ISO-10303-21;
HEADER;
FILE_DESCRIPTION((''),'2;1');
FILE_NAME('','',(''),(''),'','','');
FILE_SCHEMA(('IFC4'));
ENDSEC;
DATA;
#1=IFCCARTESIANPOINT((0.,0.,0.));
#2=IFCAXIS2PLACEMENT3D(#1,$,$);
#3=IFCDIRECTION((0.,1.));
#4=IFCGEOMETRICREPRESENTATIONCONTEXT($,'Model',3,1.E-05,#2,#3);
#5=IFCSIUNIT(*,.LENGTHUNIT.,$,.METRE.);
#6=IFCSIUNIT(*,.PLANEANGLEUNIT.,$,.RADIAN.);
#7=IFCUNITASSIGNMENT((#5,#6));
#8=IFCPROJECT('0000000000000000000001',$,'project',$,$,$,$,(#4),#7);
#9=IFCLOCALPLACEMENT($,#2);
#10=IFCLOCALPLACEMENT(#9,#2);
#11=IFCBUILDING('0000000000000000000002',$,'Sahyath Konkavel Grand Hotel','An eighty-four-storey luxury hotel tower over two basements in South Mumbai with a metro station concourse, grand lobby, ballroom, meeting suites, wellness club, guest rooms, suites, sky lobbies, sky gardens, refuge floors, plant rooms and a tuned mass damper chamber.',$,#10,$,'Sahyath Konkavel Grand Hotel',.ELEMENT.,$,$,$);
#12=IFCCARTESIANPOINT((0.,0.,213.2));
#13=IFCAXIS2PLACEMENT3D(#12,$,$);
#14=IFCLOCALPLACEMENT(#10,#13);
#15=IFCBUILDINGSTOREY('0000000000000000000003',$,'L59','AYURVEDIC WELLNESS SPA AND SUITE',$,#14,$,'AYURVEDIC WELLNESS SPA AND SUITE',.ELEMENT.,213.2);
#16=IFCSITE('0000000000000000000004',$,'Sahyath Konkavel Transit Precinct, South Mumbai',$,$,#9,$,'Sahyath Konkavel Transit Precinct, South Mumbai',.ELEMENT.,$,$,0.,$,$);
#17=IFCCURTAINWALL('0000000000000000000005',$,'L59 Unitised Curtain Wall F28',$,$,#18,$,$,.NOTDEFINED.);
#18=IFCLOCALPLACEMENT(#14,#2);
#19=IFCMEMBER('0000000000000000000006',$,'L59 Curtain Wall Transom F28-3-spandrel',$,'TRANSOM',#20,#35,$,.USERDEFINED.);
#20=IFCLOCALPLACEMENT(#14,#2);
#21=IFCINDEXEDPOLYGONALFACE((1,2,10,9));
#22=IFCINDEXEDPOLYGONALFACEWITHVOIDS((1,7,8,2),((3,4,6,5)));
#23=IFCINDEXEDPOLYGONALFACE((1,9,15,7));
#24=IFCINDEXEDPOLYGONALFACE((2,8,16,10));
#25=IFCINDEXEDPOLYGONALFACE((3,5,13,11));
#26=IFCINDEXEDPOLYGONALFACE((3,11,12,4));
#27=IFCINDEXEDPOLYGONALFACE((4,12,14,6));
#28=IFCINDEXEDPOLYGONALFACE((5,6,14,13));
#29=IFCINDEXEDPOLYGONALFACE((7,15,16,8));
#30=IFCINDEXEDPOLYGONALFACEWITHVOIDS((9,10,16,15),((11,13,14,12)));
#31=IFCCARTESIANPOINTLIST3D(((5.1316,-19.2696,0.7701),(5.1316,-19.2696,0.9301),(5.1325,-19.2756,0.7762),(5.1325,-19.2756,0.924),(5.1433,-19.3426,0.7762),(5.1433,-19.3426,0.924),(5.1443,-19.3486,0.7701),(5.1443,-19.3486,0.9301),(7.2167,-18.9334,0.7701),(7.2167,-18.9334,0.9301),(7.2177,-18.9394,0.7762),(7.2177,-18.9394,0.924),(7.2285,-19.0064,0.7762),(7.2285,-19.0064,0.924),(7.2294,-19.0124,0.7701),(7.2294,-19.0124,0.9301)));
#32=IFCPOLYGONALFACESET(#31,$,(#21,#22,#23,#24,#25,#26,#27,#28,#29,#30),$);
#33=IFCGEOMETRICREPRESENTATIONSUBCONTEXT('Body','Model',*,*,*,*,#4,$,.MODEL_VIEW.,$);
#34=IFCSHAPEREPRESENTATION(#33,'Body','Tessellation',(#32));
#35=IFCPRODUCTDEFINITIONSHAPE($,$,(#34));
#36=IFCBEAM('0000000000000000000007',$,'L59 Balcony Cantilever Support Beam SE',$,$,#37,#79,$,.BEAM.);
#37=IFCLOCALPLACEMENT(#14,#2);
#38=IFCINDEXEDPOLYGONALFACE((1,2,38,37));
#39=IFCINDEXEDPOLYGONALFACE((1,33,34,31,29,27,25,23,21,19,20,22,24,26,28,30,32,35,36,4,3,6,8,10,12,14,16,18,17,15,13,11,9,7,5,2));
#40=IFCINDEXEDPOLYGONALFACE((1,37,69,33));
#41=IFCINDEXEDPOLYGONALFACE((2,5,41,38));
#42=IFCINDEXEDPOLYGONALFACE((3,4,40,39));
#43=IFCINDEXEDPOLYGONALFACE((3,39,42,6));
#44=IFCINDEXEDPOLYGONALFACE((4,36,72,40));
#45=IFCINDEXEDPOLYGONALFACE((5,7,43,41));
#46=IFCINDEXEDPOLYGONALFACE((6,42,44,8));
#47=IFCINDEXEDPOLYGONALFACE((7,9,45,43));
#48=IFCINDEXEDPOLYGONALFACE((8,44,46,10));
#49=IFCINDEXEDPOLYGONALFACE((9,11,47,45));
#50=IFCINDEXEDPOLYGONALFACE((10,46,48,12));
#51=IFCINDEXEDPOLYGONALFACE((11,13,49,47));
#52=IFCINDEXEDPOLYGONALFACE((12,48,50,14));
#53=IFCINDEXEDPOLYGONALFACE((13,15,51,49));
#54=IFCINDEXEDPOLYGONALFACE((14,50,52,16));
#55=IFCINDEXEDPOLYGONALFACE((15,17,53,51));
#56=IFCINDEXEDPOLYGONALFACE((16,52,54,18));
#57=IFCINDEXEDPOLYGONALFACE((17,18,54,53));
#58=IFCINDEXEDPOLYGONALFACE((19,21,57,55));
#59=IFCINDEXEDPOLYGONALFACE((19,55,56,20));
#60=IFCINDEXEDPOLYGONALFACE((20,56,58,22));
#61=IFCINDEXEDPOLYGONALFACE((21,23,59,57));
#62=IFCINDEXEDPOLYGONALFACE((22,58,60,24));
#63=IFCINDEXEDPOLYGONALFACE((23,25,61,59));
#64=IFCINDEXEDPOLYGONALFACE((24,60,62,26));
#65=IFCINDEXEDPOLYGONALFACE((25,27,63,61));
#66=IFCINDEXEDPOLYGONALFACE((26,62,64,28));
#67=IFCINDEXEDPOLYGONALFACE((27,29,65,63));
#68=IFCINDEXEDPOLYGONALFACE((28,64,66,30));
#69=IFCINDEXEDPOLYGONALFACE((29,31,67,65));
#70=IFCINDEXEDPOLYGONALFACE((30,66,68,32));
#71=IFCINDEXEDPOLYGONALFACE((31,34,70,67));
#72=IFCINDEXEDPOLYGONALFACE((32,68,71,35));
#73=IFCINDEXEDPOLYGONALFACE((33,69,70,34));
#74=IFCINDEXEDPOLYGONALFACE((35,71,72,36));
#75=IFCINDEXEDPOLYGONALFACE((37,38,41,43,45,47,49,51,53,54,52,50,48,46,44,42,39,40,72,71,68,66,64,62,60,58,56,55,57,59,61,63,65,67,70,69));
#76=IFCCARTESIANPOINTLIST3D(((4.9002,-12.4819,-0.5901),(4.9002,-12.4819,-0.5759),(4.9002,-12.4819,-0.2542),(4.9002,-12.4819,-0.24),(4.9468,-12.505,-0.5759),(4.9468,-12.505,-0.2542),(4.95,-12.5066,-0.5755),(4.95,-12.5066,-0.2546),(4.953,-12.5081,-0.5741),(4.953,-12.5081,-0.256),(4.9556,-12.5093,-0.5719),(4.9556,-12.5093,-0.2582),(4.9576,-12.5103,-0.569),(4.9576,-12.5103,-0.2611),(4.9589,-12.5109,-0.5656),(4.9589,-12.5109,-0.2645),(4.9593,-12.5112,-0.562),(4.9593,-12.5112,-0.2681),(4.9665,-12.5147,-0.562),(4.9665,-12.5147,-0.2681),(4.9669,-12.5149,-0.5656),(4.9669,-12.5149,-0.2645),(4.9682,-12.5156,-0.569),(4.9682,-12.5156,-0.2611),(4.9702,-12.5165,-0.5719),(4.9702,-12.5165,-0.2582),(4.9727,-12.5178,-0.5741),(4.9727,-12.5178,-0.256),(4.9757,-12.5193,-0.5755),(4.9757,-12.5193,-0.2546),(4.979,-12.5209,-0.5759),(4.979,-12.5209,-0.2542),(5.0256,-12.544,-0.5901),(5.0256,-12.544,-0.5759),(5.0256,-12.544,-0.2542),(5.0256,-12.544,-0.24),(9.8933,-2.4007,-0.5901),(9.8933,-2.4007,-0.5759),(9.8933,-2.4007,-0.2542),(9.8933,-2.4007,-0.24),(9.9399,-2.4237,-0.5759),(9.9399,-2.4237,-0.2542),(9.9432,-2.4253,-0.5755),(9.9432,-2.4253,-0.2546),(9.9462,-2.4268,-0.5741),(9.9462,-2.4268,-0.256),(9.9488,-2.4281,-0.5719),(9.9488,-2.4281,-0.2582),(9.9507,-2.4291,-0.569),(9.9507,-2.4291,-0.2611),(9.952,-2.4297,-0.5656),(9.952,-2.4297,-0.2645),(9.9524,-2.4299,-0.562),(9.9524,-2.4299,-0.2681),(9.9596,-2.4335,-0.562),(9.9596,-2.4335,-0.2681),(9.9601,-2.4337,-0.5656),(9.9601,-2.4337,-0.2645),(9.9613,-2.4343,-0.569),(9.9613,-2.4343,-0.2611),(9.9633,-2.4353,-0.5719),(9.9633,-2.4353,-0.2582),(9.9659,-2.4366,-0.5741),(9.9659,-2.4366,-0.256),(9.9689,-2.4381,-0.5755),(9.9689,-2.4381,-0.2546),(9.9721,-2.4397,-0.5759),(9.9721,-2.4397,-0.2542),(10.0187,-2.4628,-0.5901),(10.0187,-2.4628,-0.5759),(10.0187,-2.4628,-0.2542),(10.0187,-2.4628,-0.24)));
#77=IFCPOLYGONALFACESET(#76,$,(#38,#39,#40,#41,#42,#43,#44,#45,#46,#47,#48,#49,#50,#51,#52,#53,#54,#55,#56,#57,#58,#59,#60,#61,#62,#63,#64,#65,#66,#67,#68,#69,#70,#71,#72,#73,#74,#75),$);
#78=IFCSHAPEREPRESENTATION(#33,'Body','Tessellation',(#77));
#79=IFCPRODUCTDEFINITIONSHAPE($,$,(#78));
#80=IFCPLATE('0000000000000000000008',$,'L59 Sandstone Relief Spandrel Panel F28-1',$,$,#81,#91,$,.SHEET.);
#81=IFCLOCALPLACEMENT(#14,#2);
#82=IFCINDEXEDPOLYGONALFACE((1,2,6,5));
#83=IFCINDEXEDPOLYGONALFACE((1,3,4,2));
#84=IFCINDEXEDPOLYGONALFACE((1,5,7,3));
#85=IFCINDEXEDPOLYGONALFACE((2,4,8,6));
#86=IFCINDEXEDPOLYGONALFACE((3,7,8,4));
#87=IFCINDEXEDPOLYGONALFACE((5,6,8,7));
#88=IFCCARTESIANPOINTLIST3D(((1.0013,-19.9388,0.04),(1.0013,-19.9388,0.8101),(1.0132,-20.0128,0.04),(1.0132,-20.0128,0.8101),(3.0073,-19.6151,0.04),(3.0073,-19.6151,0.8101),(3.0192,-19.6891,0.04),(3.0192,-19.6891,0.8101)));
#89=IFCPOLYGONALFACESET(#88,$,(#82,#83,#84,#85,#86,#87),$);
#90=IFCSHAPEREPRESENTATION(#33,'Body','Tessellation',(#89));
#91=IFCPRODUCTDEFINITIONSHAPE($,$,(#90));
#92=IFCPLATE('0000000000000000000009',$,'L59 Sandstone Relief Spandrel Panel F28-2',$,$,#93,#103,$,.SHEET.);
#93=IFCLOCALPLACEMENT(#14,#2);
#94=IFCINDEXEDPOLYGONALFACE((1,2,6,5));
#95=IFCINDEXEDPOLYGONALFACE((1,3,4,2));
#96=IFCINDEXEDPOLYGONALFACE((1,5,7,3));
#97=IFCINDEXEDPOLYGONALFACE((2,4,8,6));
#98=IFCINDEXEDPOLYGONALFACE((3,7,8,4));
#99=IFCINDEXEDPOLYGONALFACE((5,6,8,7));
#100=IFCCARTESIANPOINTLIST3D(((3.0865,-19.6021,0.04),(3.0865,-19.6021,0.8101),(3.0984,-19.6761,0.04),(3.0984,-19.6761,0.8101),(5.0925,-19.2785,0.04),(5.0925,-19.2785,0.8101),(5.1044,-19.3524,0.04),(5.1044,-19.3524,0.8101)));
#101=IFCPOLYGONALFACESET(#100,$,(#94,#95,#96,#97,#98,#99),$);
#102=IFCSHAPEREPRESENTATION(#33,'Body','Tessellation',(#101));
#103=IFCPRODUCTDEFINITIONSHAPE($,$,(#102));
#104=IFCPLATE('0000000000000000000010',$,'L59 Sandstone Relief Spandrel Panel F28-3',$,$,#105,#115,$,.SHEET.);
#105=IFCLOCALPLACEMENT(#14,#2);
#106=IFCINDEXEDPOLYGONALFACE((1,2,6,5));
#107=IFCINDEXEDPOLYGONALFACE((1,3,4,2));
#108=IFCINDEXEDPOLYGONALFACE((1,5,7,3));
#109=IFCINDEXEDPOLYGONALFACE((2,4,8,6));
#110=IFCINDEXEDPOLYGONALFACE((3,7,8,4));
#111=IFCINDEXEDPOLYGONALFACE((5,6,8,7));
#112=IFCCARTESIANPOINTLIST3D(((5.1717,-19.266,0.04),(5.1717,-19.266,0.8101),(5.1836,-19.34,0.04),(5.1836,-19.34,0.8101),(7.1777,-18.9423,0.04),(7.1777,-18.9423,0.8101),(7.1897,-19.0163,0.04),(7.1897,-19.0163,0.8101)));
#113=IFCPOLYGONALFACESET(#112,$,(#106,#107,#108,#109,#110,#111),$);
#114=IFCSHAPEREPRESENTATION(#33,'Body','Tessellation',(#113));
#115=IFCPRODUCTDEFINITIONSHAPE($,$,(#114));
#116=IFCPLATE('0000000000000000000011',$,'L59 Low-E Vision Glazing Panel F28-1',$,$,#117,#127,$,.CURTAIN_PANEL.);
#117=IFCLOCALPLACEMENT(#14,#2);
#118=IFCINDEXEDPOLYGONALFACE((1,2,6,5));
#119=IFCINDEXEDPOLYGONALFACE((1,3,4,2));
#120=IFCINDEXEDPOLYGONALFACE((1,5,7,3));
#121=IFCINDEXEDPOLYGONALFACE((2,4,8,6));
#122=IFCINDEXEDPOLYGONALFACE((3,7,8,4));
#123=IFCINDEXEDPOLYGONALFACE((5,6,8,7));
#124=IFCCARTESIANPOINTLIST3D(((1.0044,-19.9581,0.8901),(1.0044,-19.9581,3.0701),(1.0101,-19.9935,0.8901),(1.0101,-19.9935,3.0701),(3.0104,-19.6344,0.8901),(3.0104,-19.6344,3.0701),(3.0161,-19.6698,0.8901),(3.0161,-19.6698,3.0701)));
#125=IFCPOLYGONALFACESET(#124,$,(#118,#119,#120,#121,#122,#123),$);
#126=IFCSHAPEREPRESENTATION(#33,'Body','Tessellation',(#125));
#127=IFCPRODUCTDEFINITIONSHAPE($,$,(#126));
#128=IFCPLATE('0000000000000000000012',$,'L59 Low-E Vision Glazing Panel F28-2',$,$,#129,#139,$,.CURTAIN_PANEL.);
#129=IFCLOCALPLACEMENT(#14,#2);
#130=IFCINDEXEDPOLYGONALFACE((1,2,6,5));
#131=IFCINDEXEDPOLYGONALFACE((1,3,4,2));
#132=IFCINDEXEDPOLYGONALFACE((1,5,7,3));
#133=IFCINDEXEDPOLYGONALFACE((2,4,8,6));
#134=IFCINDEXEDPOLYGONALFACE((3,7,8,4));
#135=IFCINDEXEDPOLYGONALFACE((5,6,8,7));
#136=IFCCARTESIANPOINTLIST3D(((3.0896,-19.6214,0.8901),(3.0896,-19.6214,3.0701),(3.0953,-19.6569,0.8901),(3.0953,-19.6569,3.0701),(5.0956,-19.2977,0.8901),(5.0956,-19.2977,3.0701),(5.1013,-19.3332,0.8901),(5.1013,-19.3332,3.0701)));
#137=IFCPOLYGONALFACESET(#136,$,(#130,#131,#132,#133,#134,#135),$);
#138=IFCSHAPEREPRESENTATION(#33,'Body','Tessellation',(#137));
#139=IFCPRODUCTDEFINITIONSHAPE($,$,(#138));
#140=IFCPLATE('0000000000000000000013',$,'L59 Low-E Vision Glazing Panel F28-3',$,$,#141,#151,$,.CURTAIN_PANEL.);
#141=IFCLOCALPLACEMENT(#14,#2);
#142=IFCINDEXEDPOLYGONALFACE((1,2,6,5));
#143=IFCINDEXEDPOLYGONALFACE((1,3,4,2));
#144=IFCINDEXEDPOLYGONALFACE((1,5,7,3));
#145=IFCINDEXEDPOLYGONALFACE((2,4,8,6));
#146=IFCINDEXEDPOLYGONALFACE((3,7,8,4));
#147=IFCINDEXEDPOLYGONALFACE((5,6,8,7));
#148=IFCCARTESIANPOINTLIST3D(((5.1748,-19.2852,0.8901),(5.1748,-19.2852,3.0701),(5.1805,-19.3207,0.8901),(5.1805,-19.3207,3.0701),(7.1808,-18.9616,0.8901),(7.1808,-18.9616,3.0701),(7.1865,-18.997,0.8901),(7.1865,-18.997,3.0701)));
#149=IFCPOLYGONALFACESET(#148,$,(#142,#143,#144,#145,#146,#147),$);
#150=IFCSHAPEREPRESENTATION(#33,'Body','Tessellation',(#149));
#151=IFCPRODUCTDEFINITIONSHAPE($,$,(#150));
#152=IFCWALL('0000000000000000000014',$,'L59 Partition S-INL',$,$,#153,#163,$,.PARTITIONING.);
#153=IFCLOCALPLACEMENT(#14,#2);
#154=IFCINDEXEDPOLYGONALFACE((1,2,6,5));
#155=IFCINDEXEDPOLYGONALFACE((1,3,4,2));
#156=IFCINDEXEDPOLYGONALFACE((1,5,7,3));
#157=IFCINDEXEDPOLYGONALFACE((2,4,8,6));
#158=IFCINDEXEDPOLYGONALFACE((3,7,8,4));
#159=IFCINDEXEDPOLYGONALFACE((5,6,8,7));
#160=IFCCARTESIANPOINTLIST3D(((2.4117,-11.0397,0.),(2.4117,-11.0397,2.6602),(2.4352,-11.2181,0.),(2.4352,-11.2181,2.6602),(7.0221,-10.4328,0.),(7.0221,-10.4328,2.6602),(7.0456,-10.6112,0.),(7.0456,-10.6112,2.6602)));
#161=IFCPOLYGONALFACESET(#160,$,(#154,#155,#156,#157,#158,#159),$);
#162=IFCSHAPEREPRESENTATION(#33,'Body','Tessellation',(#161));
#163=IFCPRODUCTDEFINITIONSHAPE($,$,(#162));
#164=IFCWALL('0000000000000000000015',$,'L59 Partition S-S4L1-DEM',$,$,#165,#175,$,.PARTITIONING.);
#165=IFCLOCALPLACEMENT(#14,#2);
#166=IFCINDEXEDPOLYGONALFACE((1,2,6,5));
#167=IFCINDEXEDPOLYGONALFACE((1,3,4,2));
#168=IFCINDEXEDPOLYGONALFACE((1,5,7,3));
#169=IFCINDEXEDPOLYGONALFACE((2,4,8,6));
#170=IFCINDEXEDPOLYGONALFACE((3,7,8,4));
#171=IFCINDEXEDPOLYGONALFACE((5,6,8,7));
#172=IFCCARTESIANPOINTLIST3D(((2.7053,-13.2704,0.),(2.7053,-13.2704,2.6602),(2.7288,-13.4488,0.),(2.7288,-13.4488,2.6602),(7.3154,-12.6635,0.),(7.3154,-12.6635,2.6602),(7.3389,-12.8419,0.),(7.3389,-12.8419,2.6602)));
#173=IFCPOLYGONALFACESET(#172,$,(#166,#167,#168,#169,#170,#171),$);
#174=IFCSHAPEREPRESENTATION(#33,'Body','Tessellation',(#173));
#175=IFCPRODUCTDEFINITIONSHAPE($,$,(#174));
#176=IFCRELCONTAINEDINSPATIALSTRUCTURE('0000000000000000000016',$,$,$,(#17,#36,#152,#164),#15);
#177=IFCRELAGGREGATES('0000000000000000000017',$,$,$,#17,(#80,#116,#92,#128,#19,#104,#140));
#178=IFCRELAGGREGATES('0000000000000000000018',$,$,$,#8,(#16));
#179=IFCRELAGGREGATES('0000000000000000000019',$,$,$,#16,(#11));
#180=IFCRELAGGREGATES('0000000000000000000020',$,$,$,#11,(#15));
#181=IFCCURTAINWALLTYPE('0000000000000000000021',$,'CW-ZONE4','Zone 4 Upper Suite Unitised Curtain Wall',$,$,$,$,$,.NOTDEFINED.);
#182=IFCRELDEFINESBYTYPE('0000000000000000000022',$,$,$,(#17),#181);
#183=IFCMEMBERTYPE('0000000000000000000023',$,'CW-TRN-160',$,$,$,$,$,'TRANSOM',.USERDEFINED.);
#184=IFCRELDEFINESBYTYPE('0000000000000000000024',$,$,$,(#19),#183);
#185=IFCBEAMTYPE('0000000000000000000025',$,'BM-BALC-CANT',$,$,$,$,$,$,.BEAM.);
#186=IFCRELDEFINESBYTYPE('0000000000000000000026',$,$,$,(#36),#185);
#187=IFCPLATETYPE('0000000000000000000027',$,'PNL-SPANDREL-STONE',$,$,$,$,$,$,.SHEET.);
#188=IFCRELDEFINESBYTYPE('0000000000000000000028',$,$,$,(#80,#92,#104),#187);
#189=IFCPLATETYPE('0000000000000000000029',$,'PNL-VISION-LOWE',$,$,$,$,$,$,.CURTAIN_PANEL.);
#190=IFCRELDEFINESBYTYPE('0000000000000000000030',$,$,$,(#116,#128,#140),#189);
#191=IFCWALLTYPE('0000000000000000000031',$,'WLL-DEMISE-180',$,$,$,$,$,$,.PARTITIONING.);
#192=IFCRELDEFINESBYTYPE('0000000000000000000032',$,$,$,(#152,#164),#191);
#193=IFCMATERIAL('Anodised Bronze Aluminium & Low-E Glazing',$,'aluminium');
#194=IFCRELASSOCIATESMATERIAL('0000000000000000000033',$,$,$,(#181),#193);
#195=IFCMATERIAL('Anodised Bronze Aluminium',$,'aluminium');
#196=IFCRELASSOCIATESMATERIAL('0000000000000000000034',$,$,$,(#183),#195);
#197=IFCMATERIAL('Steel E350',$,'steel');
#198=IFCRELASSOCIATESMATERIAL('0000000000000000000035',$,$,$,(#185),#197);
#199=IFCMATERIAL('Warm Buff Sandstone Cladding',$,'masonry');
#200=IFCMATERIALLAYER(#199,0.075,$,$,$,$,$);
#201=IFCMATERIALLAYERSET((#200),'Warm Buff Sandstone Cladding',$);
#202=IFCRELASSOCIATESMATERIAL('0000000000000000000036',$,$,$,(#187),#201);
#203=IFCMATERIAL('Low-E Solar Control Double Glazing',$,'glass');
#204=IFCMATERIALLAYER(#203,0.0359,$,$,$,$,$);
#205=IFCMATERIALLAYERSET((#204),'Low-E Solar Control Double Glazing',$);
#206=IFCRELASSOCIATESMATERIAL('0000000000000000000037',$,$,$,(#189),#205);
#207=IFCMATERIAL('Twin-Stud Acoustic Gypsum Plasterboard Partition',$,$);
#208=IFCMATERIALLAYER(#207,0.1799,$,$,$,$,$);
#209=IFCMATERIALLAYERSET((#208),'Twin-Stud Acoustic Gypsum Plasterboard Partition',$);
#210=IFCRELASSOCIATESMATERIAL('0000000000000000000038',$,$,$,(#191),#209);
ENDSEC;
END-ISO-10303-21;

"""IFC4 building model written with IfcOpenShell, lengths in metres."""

from ifc_helpers import new_model, si_unit, direction, frame, frame_2d, origin, origin_2d, place, context, subcontext, project, spatial, rectangle, hollow_rectangle, i_section, extrude, source, transform, mapped, material, layer, layer_set, material_profile, profile_set, type_object, element, aggregate, save


model = new_model("IFC4")

# Units and contexts
model_context = context("Model", 3, precision=1e-05, world=origin(), true_north=direction((0.0, 1.0)))
body_context = subcontext(model_context, "Body", "Model", "MODEL_VIEW")
ifc_project = project(units=[si_unit("LENGTHUNIT", "METRE"), si_unit("PLANEANGLEUNIT", "RADIAN")], contexts=[model_context])

# Site, building, storey
site_placement = place(None, origin())
site = spatial("IfcSite", under=ifc_project, at=site_placement, Name="Sahyath Konkavel Transit Precinct, South Mumbai", LongName="Sahyath Konkavel Transit Precinct, South Mumbai", CompositionType="ELEMENT", RefElevation=0.0)
building_placement = place(site_placement, origin())
building = spatial("IfcBuilding", under=site, at=building_placement, Name="Sahyath Konkavel Grand Hotel", Description="An eighty-four-storey luxury hotel tower over two basements in South Mumbai with a metro station concourse, grand lobby, ballroom, meeting suites, wellness club, guest rooms, suites, sky lobbies, sky gardens, refuge floors, plant rooms and a tuned mass damper chamber.", LongName="Sahyath Konkavel Grand Hotel", CompositionType="ELEMENT")
storey_placement = place(building_placement, frame((0.0, 0.0, 213.2)))
storey = spatial("IfcBuildingStorey", under=building, at=storey_placement, Name="L59", Description="AYURVEDIC WELLNESS SPA AND SUITE", LongName="AYURVEDIC WELLNESS SPA AND SUITE", CompositionType="ELEMENT", Elevation=213.2)

# Shared definitions
ifc_material_1 = material(Name="Steel E350", Category="steel")

# Curtain wall, member
ifc_material_2 = material(Name="Anodised Bronze Aluminium & Low-E Glazing", Category="aluminium")
curtain_wall_type = type_object("IfcCurtainWallType", Name="CW-ZONE4", Description="Zone 4 Upper Suite Unitised Curtain Wall", PredefinedType="NOTDEFINED", material=ifc_material_2)
curtain_wall_placement = place(storey_placement, origin())
curtain_wall = element("IfcCurtainWall", 1, at=curtain_wall_placement, inside=storey, type_object=curtain_wall_type, Name="L59 Unitised Curtain Wall F28", PredefinedType="NOTDEFINED")
ifc_material_3 = material(Name="Anodised Bronze Aluminium", Category="aluminium")
ifc_material_profile_1 = material_profile(ifc_material_3, hollow_rectangle(XDim=0.0801, YDim=0.1599, WallThickness=0.0061, at=origin_2d()), Name="RHS 160x80x6")
ifc_profile_set_1 = profile_set([ifc_material_profile_1], Name="Anodised Bronze Aluminium")
member_type_1 = type_object("IfcMemberType", Name="CW-TRN-160", ElementType="TRANSOM", PredefinedType="USERDEFINED", material=ifc_profile_set_1)
shared_shape_1 = source(origin(), body_context, "Body", "SweptSolid", [
    extrude(hollow_rectangle(XDim=0.0801, YDim=0.1599, WallThickness=0.0061, at=origin_2d()), origin(), (0.0, 0.0, 1.0), 2.1121),
])
member_1_placement = place(storey_placement, frame((5.1379, -19.3091, 0.8501), z_axis=(0.987252, 0.159167, 0.0), x_axis=(-0.159167, 0.987252, 0.0)))
member_1 = element("IfcMember", 2, at=member_1_placement, type_object=member_type_1, Name="L59 Curtain Wall Transom F28-3-spandrel", ObjectType="TRANSOM", PredefinedType="USERDEFINED", context=body_context, shape_type="MappedRepresentation", body=[
    mapped(shared_shape_1, transform((0.0, 0.0, 0.0), scale=1.0)),
])

# Beam
ifc_material_profile_2 = material_profile(ifc_material_1, i_section(OverallWidth=0.1399, OverallDepth=0.3501, WebThickness=0.0081, FlangeThickness=0.0142, FilletRadius=0.0139, at=origin_2d()), Name="ISMB 350")
ifc_profile_set_2 = profile_set([ifc_material_profile_2], Name="Steel E350")
beam_type_1 = type_object("IfcBeamType", Name="BM-BALC-CANT", PredefinedType="BEAM", material=ifc_profile_set_2)
shared_shape_2 = source(origin(), body_context, "Body", "SweptSolid", [
    extrude(i_section(OverallWidth=0.1399, OverallDepth=0.3501, WebThickness=0.0081, FlangeThickness=0.0142, FilletRadius=0.0139, at=origin_2d()), origin(), (0.0, 0.0, 1.0), 11.25),
])
beam_1_placement = place(storey_placement, frame((4.9629, -12.5129, -0.415), z_axis=(0.443834, 0.896109, 0.0), x_axis=(-0.896109, 0.443834, 0.0)))
element("IfcBeam", 3, at=beam_1_placement, inside=storey, type_object=beam_type_1, Name="L59 Balcony Cantilever Support Beam SE", PredefinedType="BEAM", context=body_context, shape_type="MappedRepresentation", body=[
    mapped(shared_shape_2, transform((0.0, 0.0, 0.0), scale=1.0)),
])

# Plates
ifc_material_4 = material(Name="Warm Buff Sandstone Cladding", Category="masonry")
ifc_layer_1 = layer(ifc_material_4, 0.075)
ifc_layer_set_1 = layer_set([ifc_layer_1], Name="Warm Buff Sandstone Cladding")
plate_type_1 = type_object("IfcPlateType", Name="PNL-SPANDREL-STONE", PredefinedType="SHEET", material=ifc_layer_set_1)
shared_shape_3 = source(origin(), body_context, "Body", "SweptSolid", [
    extrude(rectangle(XDim=2.032, YDim=0.075, at=origin_2d()), origin(), (0.0, 0.0, 1.0), 0.77),
])
plate_1_placement = place(storey_placement, frame((2.0103, -19.814, 0.04), z_axis=(0.0, 0.0, 1.0), x_axis=(0.987231, 0.159295, 0.0)))
plate_1 = element("IfcPlate", 4, at=plate_1_placement, type_object=plate_type_1, Name="L59 Sandstone Relief Spandrel Panel F28-1", PredefinedType="SHEET", context=body_context, shape_type="MappedRepresentation", body=[
    mapped(shared_shape_3, transform((0.0, 0.0, 0.0), scale=1.0)),
])
plate_2_placement = place(storey_placement, frame((4.0955, -19.4773, 0.04), z_axis=(0.0, 0.0, 1.0), x_axis=(0.987231, 0.159295, 0.0)))
plate_2 = element("IfcPlate", 5, at=plate_2_placement, type_object=plate_type_1, Name="L59 Sandstone Relief Spandrel Panel F28-2", PredefinedType="SHEET", context=body_context, shape_type="MappedRepresentation", body=[
    mapped(shared_shape_3, transform((0.0, 0.0, 0.0), scale=1.0)),
])
plate_3_placement = place(storey_placement, frame((6.1807, -19.1411, 0.04), z_axis=(0.0, 0.0, 1.0), x_axis=(0.987231, 0.159295, 0.0)))
plate_3 = element("IfcPlate", 6, at=plate_3_placement, type_object=plate_type_1, Name="L59 Sandstone Relief Spandrel Panel F28-3", PredefinedType="SHEET", context=body_context, shape_type="MappedRepresentation", body=[
    mapped(shared_shape_3, transform((0.0, 0.0, 0.0), scale=1.0)),
])
ifc_material_5 = material(Name="Low-E Solar Control Double Glazing", Category="glass")
ifc_layer_2 = layer(ifc_material_5, 0.0359)
ifc_layer_set_2 = layer_set([ifc_layer_2], Name="Low-E Solar Control Double Glazing")
plate_type_2 = type_object("IfcPlateType", Name="PNL-VISION-LOWE", PredefinedType="CURTAIN_PANEL", material=ifc_layer_set_2)
shared_shape_4 = source(origin(), body_context, "Body", "SweptSolid", [
    extrude(rectangle(XDim=2.032, YDim=0.0359, at=origin_2d()), origin(), (0.0, 0.0, 1.0), 2.1799),
])
plate_4_placement = place(storey_placement, frame((2.0103, -19.814, 0.8901), z_axis=(0.0, 0.0, 1.0), x_axis=(0.987231, 0.159295, 0.0)))
plate_4 = element("IfcPlate", 7, at=plate_4_placement, type_object=plate_type_2, Name="L59 Low-E Vision Glazing Panel F28-1", PredefinedType="CURTAIN_PANEL", context=body_context, shape_type="MappedRepresentation", body=[
    mapped(shared_shape_4, transform((0.0, 0.0, 0.0), scale=1.0)),
])
plate_5_placement = place(storey_placement, frame((4.0955, -19.4773, 0.8901), z_axis=(0.0, 0.0, 1.0), x_axis=(0.987231, 0.159295, 0.0)))
plate_5 = element("IfcPlate", 8, at=plate_5_placement, type_object=plate_type_2, Name="L59 Low-E Vision Glazing Panel F28-2", PredefinedType="CURTAIN_PANEL", context=body_context, shape_type="MappedRepresentation", body=[
    mapped(shared_shape_4, transform((0.0, 0.0, 0.0), scale=1.0)),
])
plate_6_placement = place(storey_placement, frame((6.1807, -19.1411, 0.8901), z_axis=(0.0, 0.0, 1.0), x_axis=(0.987231, 0.159295, 0.0)))
plate_6 = element("IfcPlate", 9, at=plate_6_placement, type_object=plate_type_2, Name="L59 Low-E Vision Glazing Panel F28-3", PredefinedType="CURTAIN_PANEL", context=body_context, shape_type="MappedRepresentation", body=[
    mapped(shared_shape_4, transform((0.0, 0.0, 0.0), scale=1.0)),
])
aggregate(curtain_wall, [plate_1, plate_4, plate_2, plate_5, member_1, plate_3, plate_6])

# Walls
ifc_material_6 = material(Name="Twin-Stud Acoustic Gypsum Plasterboard Partition")
ifc_layer_3 = layer(ifc_material_6, 0.1799)
ifc_layer_set_3 = layer_set([ifc_layer_3], Name="Twin-Stud Acoustic Gypsum Plasterboard Partition")
wall_type_1 = type_object("IfcWallType", Name="WLL-DEMISE-180", PredefinedType="PARTITIONING", material=ifc_layer_set_3)
wall_1_placement = place(storey_placement, frame((2.4233, -11.1289, 0.0), z_axis=(0.0, 0.0, 1.0), x_axis=(0.991446, 0.13052, 0.0)))
element("IfcWall", 10, at=wall_1_placement, inside=storey, type_object=wall_type_1, Name="L59 Partition S-INL", PredefinedType="PARTITIONING", context=body_context, shape_type="SweptSolid", body=[
    extrude(rectangle(XDim=4.6501, YDim=0.1799, at=frame_2d((2.3252, 0.0))), origin(), (0.0, 0.0, 1.0), 2.6602),
])
wall_2_placement = place(storey_placement, frame((2.717, -13.3596, 0.0), z_axis=(0.0, 0.0, 1.0), x_axis=(0.991445, 0.130526, 0.0)))
element("IfcWall", 11, at=wall_2_placement, inside=storey, type_object=wall_type_1, Name="L59 Partition S-S4L1-DEM", PredefinedType="PARTITIONING", context=body_context, shape_type="SweptSolid", body=[
    extrude(rectangle(XDim=4.6499, YDim=0.1799, at=frame_2d((2.325, 0.0))), origin(), (0.0, 0.0, 1.0), 2.6602),
])

save(model, "model.ifc")
